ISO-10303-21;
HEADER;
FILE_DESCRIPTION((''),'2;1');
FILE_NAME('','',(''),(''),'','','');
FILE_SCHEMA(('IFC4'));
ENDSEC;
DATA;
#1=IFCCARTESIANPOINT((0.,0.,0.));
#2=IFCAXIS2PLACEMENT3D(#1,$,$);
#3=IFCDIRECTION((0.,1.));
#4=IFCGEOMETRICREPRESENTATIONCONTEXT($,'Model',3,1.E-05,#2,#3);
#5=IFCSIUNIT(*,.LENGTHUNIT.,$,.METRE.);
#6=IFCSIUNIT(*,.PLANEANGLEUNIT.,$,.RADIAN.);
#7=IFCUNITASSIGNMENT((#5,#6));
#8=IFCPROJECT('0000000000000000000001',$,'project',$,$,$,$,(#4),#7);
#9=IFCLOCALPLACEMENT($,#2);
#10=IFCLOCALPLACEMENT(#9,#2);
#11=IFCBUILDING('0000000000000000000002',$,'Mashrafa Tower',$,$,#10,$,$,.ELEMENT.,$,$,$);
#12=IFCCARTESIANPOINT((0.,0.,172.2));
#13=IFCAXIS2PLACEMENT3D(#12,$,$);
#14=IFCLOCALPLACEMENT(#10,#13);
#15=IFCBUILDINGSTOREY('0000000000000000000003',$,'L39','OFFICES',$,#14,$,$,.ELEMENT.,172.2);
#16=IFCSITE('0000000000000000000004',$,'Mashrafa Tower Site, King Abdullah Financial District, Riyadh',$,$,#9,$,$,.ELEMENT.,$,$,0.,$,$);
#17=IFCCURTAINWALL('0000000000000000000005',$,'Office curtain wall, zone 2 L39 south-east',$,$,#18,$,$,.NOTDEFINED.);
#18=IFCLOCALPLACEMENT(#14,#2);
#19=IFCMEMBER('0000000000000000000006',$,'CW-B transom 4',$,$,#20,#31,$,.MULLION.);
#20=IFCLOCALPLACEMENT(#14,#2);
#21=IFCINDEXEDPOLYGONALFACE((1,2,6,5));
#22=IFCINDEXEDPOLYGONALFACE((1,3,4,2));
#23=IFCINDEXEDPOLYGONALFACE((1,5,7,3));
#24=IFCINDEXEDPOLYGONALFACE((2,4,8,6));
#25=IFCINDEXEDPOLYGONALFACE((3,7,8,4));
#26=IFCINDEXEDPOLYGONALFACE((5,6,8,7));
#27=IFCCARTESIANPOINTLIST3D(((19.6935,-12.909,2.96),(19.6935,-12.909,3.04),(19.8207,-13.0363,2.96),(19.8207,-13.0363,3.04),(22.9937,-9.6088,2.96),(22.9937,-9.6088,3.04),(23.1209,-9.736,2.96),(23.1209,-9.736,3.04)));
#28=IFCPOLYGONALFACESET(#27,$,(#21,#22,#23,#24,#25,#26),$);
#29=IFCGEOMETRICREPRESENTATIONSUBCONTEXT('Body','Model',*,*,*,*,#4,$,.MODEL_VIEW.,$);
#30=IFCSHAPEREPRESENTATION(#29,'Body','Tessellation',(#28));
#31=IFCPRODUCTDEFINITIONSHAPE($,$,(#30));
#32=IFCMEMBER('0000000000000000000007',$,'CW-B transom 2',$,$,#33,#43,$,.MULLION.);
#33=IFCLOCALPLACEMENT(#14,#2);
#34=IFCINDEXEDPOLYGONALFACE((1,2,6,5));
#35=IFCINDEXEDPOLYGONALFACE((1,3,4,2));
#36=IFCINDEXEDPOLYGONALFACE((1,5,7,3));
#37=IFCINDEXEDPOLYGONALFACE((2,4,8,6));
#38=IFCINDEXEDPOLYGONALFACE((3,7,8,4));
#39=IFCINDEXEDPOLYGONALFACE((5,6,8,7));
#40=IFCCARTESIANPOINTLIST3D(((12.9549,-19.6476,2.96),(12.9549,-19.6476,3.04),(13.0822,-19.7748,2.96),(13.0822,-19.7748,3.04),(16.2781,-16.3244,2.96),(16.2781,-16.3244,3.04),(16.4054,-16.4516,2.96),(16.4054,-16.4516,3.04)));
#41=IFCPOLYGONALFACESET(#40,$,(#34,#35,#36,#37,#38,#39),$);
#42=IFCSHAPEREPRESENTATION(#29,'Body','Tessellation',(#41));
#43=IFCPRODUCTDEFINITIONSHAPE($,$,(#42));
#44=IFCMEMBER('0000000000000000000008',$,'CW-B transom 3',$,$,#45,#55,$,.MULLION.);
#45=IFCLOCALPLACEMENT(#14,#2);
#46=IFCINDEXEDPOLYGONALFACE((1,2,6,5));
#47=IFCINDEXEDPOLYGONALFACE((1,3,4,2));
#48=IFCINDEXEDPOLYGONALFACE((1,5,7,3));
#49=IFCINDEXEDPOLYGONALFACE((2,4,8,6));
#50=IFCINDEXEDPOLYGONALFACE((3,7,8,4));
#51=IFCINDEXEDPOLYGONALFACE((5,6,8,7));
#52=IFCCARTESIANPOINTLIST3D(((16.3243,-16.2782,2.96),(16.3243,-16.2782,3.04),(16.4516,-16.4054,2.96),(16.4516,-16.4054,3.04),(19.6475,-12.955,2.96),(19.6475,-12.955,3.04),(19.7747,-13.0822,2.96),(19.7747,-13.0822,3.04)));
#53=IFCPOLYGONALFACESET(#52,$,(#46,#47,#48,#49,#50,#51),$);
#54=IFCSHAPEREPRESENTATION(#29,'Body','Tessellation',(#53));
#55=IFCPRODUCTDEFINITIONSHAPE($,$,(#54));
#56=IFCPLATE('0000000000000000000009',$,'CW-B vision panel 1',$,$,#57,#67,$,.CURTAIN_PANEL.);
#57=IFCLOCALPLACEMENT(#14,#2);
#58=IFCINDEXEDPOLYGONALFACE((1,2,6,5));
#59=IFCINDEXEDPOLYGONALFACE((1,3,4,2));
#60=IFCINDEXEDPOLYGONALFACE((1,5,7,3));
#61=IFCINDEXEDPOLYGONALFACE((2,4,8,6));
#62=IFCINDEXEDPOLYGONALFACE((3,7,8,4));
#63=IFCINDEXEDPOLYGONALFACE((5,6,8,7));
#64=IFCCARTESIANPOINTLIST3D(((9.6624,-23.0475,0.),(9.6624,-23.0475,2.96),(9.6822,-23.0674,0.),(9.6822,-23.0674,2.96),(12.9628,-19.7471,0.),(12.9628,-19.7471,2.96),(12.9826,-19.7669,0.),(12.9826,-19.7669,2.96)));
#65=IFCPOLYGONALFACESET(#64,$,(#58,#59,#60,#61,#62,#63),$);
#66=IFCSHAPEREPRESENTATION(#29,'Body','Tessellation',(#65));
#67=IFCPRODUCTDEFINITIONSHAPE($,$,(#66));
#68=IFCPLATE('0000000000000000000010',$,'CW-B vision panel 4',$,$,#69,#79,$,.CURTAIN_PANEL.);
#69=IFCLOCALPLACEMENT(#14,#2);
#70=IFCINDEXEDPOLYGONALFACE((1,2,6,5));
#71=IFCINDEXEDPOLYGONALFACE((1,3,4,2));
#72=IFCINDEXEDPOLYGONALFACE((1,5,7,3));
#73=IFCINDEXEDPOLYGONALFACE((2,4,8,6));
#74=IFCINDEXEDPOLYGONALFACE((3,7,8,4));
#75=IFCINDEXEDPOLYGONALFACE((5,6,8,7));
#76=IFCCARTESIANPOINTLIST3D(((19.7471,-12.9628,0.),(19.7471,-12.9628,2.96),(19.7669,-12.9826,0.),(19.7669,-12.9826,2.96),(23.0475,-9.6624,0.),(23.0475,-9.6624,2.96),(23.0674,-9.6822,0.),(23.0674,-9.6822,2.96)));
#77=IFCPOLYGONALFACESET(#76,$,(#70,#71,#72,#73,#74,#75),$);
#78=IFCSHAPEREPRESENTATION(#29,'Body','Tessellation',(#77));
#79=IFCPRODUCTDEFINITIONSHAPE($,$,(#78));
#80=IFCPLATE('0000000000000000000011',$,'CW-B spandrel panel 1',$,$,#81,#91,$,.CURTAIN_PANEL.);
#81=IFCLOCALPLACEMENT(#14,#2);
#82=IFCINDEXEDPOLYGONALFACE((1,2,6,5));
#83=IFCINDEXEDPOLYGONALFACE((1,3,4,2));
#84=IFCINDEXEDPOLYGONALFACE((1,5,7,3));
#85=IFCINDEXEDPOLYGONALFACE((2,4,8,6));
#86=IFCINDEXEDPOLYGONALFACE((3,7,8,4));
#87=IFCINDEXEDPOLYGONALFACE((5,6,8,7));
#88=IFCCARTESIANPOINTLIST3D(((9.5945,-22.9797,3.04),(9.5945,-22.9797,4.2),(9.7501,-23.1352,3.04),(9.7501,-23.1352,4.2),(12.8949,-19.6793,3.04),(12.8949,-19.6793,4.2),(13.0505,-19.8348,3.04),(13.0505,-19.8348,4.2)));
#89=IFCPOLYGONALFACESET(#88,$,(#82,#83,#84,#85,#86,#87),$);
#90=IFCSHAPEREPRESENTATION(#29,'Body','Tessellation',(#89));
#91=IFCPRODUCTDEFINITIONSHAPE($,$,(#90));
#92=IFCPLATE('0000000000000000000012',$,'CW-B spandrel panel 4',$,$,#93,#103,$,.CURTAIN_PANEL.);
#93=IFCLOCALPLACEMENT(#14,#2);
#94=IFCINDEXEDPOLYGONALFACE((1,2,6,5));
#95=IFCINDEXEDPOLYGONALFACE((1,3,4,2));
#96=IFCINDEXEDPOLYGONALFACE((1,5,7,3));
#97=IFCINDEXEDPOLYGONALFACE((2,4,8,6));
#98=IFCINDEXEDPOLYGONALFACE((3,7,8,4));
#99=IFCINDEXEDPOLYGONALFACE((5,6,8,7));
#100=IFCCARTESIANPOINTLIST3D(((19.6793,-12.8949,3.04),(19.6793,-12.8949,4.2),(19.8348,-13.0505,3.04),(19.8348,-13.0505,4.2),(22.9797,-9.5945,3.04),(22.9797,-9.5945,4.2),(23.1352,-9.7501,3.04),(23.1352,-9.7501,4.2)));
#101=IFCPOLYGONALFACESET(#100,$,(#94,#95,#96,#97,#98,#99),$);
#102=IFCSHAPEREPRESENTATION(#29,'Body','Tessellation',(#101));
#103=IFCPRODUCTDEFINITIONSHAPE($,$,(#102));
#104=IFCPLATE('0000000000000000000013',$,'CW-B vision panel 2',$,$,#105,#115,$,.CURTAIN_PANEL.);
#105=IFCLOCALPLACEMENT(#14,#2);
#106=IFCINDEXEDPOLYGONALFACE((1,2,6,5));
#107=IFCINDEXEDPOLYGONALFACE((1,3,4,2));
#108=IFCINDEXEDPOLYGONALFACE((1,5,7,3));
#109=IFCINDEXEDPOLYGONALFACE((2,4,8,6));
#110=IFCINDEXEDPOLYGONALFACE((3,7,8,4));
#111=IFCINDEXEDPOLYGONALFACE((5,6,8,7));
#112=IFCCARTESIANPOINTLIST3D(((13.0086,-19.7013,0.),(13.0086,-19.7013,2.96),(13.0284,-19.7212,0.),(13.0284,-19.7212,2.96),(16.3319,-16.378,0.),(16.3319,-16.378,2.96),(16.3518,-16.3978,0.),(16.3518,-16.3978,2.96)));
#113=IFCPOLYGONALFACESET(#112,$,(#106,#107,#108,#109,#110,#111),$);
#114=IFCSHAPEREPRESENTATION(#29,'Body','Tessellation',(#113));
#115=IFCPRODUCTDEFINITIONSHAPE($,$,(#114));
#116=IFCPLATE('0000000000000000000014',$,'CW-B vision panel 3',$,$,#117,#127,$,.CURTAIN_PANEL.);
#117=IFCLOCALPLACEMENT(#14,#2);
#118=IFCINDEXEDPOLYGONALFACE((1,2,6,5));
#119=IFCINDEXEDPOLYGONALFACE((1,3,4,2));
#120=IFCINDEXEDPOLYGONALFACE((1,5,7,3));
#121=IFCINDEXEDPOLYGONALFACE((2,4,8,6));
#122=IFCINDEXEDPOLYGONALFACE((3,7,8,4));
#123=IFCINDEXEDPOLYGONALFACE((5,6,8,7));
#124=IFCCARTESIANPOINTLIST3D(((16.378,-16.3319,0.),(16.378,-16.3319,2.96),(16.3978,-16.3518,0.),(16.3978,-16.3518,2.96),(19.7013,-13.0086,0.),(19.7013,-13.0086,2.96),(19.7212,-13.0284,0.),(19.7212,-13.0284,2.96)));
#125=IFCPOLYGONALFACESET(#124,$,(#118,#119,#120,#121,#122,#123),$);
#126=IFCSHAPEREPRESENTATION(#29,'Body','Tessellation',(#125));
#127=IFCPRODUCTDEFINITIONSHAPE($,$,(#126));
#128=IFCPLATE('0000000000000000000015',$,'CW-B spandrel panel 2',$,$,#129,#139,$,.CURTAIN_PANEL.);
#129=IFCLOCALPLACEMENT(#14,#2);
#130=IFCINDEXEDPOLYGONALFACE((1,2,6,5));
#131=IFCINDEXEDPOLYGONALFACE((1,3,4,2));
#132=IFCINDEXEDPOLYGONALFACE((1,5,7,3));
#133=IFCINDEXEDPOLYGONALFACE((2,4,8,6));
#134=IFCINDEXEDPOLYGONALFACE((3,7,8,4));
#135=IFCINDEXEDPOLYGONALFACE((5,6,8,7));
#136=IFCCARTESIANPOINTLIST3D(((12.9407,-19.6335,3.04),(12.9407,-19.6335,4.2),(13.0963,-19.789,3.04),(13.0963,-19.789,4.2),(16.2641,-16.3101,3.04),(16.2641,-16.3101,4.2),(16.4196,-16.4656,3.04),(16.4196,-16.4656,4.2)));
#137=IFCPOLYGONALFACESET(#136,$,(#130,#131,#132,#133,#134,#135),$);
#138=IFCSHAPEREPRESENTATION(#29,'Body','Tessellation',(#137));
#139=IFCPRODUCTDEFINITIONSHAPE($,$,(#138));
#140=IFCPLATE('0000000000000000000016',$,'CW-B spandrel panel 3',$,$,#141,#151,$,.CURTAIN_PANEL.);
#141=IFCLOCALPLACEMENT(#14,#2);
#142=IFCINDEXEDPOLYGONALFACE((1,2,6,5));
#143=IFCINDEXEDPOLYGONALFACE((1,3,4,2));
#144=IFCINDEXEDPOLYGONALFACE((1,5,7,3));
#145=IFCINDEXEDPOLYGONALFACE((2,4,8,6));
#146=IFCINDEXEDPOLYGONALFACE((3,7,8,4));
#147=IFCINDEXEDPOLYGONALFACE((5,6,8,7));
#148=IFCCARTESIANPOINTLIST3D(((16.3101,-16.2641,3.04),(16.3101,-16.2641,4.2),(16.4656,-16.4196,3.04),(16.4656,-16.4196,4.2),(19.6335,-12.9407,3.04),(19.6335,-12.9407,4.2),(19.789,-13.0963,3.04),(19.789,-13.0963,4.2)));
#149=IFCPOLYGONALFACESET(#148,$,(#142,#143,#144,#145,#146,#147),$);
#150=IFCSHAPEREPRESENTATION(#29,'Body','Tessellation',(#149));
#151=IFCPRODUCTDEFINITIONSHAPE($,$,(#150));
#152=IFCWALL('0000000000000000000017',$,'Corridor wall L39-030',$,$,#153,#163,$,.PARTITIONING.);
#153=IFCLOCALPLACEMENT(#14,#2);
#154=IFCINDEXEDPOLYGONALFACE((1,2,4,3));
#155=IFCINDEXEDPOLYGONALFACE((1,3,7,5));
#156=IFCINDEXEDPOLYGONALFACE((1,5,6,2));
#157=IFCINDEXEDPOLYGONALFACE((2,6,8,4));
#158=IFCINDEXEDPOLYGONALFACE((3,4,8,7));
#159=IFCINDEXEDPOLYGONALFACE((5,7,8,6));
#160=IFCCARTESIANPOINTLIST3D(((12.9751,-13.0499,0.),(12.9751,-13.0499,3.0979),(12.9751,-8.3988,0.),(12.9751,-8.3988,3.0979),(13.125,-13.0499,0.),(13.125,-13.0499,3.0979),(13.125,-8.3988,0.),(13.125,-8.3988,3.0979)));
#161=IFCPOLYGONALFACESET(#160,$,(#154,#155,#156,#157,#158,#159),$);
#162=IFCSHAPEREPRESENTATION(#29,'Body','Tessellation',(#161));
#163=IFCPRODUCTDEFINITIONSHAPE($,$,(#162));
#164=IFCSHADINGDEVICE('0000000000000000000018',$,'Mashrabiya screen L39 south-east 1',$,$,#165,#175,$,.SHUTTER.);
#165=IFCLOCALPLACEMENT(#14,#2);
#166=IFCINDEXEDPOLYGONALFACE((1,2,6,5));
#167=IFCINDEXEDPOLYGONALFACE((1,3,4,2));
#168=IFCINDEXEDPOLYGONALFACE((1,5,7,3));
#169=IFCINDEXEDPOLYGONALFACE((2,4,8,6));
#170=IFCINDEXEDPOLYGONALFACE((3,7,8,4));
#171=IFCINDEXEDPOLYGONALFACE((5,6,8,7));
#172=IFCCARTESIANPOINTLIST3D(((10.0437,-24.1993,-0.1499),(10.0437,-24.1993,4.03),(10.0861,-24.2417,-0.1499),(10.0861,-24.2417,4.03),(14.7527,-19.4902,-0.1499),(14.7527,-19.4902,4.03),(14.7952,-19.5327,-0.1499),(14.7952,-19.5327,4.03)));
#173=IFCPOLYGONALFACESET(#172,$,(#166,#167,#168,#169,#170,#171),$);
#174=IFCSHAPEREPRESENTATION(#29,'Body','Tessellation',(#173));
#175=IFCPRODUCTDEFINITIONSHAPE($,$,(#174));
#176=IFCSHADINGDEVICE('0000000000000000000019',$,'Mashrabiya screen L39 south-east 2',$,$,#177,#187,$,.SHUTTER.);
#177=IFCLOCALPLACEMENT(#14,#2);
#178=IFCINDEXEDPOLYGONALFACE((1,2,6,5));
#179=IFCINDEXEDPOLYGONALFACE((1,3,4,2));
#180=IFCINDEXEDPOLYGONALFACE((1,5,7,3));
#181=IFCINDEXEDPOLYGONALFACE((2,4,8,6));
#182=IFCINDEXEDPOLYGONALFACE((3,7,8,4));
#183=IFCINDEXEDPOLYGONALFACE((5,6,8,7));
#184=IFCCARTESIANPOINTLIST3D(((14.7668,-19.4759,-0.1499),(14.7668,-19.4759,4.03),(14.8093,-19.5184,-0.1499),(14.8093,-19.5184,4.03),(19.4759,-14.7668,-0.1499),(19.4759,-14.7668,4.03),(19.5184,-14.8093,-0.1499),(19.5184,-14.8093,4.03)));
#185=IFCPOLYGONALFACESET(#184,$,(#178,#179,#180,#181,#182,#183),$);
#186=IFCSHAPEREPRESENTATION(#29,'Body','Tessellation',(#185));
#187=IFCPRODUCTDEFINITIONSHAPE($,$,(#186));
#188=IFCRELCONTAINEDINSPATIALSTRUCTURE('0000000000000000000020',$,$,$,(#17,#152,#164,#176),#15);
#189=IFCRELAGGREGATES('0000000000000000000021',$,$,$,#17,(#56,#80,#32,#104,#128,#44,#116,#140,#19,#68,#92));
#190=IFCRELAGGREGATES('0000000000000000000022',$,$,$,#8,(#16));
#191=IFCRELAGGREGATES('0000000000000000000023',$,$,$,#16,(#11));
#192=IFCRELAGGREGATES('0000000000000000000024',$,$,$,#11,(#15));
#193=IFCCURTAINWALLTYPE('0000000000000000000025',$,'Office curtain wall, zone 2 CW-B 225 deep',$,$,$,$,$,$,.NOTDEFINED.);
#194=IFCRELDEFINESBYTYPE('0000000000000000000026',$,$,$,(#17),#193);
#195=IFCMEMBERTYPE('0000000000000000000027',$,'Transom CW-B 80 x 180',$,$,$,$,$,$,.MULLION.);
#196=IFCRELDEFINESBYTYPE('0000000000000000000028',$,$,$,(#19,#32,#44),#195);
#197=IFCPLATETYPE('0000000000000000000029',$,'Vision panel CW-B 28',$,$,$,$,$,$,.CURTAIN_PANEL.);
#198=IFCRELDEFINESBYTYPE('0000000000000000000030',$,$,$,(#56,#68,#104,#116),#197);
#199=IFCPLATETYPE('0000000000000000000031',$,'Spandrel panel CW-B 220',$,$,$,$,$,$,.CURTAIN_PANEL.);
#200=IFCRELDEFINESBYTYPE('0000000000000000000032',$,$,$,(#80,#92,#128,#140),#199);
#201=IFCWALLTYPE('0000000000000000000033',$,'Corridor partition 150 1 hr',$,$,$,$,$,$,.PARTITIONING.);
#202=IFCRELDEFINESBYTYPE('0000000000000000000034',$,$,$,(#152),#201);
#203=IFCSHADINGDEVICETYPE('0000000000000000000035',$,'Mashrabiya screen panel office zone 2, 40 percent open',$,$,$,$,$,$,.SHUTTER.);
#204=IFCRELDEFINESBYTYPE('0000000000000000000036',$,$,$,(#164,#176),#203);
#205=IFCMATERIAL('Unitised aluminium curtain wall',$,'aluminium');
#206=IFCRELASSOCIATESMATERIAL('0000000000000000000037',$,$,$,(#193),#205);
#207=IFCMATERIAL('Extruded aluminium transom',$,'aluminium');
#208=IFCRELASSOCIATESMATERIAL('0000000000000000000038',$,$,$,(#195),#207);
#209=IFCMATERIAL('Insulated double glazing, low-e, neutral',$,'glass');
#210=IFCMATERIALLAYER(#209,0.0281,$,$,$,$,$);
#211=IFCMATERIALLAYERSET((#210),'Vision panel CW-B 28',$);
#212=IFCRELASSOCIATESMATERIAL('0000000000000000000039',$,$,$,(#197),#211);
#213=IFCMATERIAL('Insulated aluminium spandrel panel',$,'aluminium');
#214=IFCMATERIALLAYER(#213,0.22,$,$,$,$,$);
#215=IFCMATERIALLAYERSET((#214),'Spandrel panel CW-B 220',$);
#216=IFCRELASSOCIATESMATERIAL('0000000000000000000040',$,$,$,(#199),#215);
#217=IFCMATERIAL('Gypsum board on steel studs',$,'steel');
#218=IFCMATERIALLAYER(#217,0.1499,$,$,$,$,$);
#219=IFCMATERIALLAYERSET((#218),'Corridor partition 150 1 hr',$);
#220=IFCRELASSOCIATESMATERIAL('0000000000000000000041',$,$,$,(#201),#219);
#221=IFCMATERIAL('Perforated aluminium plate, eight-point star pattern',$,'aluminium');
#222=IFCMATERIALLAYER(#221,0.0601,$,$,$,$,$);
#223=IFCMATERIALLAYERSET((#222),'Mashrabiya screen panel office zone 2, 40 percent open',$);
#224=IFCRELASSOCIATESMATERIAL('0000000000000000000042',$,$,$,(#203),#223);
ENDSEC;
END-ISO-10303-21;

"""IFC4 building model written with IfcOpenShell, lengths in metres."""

from ifc_helpers import new_model, si_unit, direction, frame, frame_2d, origin, origin_2d, place, context, subcontext, project, spatial, rectangle, extrude, source, transform, mapped, material, layer, layer_set, material_profile, profile_set, type_object, type_shapes, element, aggregate, save


model = new_model("IFC4")

# Units and contexts
model_context = context("Model", 3, precision=1e-05, world=origin(), true_north=direction((0.0, 1.0)))
body_context = subcontext(model_context, "Body", "Model", "MODEL_VIEW")
ifc_project = project(units=[si_unit("LENGTHUNIT", "METRE"), si_unit("PLANEANGLEUNIT", "RADIAN")], contexts=[model_context])

# Site, building, storey
site_placement = place(None, origin())
site = spatial("IfcSite", under=ifc_project, at=site_placement, Name="Mashrafa Tower Site, King Abdullah Financial District, Riyadh", CompositionType="ELEMENT", RefElevation=0.0)
building_placement = place(site_placement, origin())
building = spatial("IfcBuilding", under=site, at=building_placement, Name="Mashrafa Tower", CompositionType="ELEMENT")
storey_placement = place(building_placement, frame((0.0, 0.0, 172.2)))
storey = spatial("IfcBuildingStorey", under=building, at=storey_placement, Name="L39", Description="OFFICES", CompositionType="ELEMENT", Elevation=172.2)

# Curtain wall, members, plates
ifc_material_1 = material(Name="Unitised aluminium curtain wall", Category="aluminium")
curtain_wall_type = type_object("IfcCurtainWallType", Name="Office curtain wall, zone 2 CW-B 225 deep", PredefinedType="NOTDEFINED", material=ifc_material_1)
curtain_wall_placement = place(storey_placement, origin())
curtain_wall = element("IfcCurtainWall", 1, at=curtain_wall_placement, inside=storey, type_object=curtain_wall_type, Name="Office curtain wall, zone 2 L39 south-east", PredefinedType="NOTDEFINED")
ifc_material_2 = material(Name="Extruded aluminium transom", Category="aluminium")
ifc_material_profile_1 = material_profile(ifc_material_2, rectangle(XDim=0.1799, YDim=0.0801, at=origin_2d()), Name="Transom 80x180")
ifc_profile_set_1 = profile_set([ifc_material_profile_1], Name="Extruded aluminium transom")
member_type_1 = type_object("IfcMemberType", Name="Transom CW-B 80 x 180", PredefinedType="MULLION", material=ifc_profile_set_1)
shared_shape_1 = source(origin(), body_context, "Body", "SweptSolid", [
    extrude(rectangle(XDim=0.1799, YDim=0.0801, at=origin_2d()), origin(), (0.0, 0.0, 1.0), 4.6672),
])
member_1_placement = place(storey_placement, frame((19.7571, -12.9727, 3.0), z_axis=(0.707107, 0.707107, 0.0), x_axis=(-0.707107, 0.707107, 0.0)))
member_1 = element("IfcMember", 2, at=member_1_placement, type_object=member_type_1, Name="CW-B transom 4", PredefinedType="MULLION", context=body_context, shape_type="MappedRepresentation", body=[
    mapped(shared_shape_1, transform((0.0, 0.0, 0.0))),
])
shared_shape_2 = source(origin(), body_context, "Body", "SweptSolid", [
    extrude(rectangle(XDim=0.1799, YDim=0.0801, at=origin_2d()), origin(), (0.0, 0.0, 1.0), 4.6997),
])
type_shapes(member_type_1, [shared_shape_1, shared_shape_2])
member_2_placement = place(storey_placement, frame((13.0186, -19.7112, 3.0), z_axis=(0.707107, 0.707107, 0.0), x_axis=(-0.707107, 0.707107, 0.0)))
member_2 = element("IfcMember", 3, at=member_2_placement, type_object=member_type_1, Name="CW-B transom 2", PredefinedType="MULLION", context=body_context, shape_type="MappedRepresentation", body=[
    mapped(shared_shape_2, transform((0.0, 0.0, 0.0))),
])
member_3_placement = place(storey_placement, frame((16.3879, -16.3418, 3.0), z_axis=(0.707107, 0.707107, 0.0), x_axis=(-0.707107, 0.707107, 0.0)))
member_3 = element("IfcMember", 4, at=member_3_placement, type_object=member_type_1, Name="CW-B transom 3", PredefinedType="MULLION", context=body_context, shape_type="MappedRepresentation", body=[
    mapped(shared_shape_2, transform((0.0, 0.0, 0.0))),
])
ifc_material_3 = material(Name="Insulated double glazing, low-e, neutral", Category="glass")
ifc_layer_1 = layer(ifc_material_3, 0.0281)
ifc_layer_set_1 = layer_set([ifc_layer_1], Name="Vision panel CW-B 28")
plate_type_1 = type_object("IfcPlateType", Name="Vision panel CW-B 28", PredefinedType="CURTAIN_PANEL", material=ifc_layer_set_1)
shared_shape_3 = source(origin(), body_context, "Body", "SweptSolid", [
    extrude(rectangle(XDim=4.6675, YDim=0.0281, at=origin_2d()), origin(), (0.0, 0.0, 1.0), 2.96),
])
plate_1_placement = place(storey_placement, frame((11.3225, -21.4072, 0.0), z_axis=(0.0, 0.0, 1.0), x_axis=(0.707107, 0.707107, 0.0)))
plate_1 = element("IfcPlate", 5, at=plate_1_placement, type_object=plate_type_1, Name="CW-B vision panel 1", PredefinedType="CURTAIN_PANEL", context=body_context, shape_type="MappedRepresentation", body=[
    mapped(shared_shape_3, transform((0.0, 0.0, 0.0))),
])
plate_2_placement = place(storey_placement, frame((21.4072, -11.3225, 0.0), z_axis=(0.0, 0.0, 1.0), x_axis=(0.707107, 0.707107, 0.0)))
plate_2 = element("IfcPlate", 6, at=plate_2_placement, type_object=plate_type_1, Name="CW-B vision panel 4", PredefinedType="CURTAIN_PANEL", context=body_context, shape_type="MappedRepresentation", body=[
    mapped(shared_shape_3, transform((0.0, 0.0, 0.0))),
])
ifc_material_4 = material(Name="Insulated aluminium spandrel panel", Category="aluminium")
ifc_layer_2 = layer(ifc_material_4, 0.22)
ifc_layer_set_2 = layer_set([ifc_layer_2], Name="Spandrel panel CW-B 220")
plate_type_2 = type_object("IfcPlateType", Name="Spandrel panel CW-B 220", PredefinedType="CURTAIN_PANEL", material=ifc_layer_set_2)
shared_shape_4 = source(origin(), body_context, "Body", "SweptSolid", [
    extrude(rectangle(XDim=4.6675, YDim=0.22, at=origin_2d()), origin(), (0.0, 0.0, 1.0), 1.1599),
])
plate_3_placement = place(storey_placement, frame((11.3225, -21.4072, 3.04), z_axis=(0.0, 0.0, 1.0), x_axis=(0.707107, 0.707107, 0.0)))
plate_3 = element("IfcPlate", 7, at=plate_3_placement, type_object=plate_type_2, Name="CW-B spandrel panel 1", PredefinedType="CURTAIN_PANEL", context=body_context, shape_type="MappedRepresentation", body=[
    mapped(shared_shape_4, transform((0.0, 0.0, 0.0))),
])
plate_4_placement = place(storey_placement, frame((21.4072, -11.3225, 3.04), z_axis=(0.0, 0.0, 1.0), x_axis=(0.707107, 0.707107, 0.0)))
plate_4 = element("IfcPlate", 8, at=plate_4_placement, type_object=plate_type_2, Name="CW-B spandrel panel 4", PredefinedType="CURTAIN_PANEL", context=body_context, shape_type="MappedRepresentation", body=[
    mapped(shared_shape_4, transform((0.0, 0.0, 0.0))),
])
shared_shape_5 = source(origin(), body_context, "Body", "SweptSolid", [
    extrude(rectangle(XDim=4.7, YDim=0.0281, at=origin_2d()), origin(), (0.0, 0.0, 1.0), 2.96),
])
type_shapes(plate_type_1, [shared_shape_3, shared_shape_5])
plate_5_placement = place(storey_placement, frame((14.6802, -18.0496, 0.0), z_axis=(0.0, 0.0, 1.0), x_axis=(0.707107, 0.707107, 0.0)))
plate_5 = element("IfcPlate", 9, at=plate_5_placement, type_object=plate_type_1, Name="CW-B vision panel 2", PredefinedType="CURTAIN_PANEL", context=body_context, shape_type="MappedRepresentation", body=[
    mapped(shared_shape_5, transform((0.0, 0.0, 0.0))),
])
plate_6_placement = place(storey_placement, frame((18.0496, -14.6802, 0.0), z_axis=(0.0, 0.0, 1.0), x_axis=(0.707107, 0.707107, 0.0)))
plate_6 = element("IfcPlate", 10, at=plate_6_placement, type_object=plate_type_1, Name="CW-B vision panel 3", PredefinedType="CURTAIN_PANEL", context=body_context, shape_type="MappedRepresentation", body=[
    mapped(shared_shape_5, transform((0.0, 0.0, 0.0))),
])
shared_shape_6 = source(origin(), body_context, "Body", "SweptSolid", [
    extrude(rectangle(XDim=4.7, YDim=0.22, at=origin_2d()), origin(), (0.0, 0.0, 1.0), 1.1599),
])
type_shapes(plate_type_2, [shared_shape_4, shared_shape_6])
plate_7_placement = place(storey_placement, frame((14.6802, -18.0496, 3.04), z_axis=(0.0, 0.0, 1.0), x_axis=(0.707107, 0.707107, 0.0)))
plate_7 = element("IfcPlate", 11, at=plate_7_placement, type_object=plate_type_2, Name="CW-B spandrel panel 2", PredefinedType="CURTAIN_PANEL", context=body_context, shape_type="MappedRepresentation", body=[
    mapped(shared_shape_6, transform((0.0, 0.0, 0.0))),
])
plate_8_placement = place(storey_placement, frame((18.0496, -14.6802, 3.04), z_axis=(0.0, 0.0, 1.0), x_axis=(0.707107, 0.707107, 0.0)))
plate_8 = element("IfcPlate", 12, at=plate_8_placement, type_object=plate_type_2, Name="CW-B spandrel panel 3", PredefinedType="CURTAIN_PANEL", context=body_context, shape_type="MappedRepresentation", body=[
    mapped(shared_shape_6, transform((0.0, 0.0, 0.0))),
])
aggregate(curtain_wall, [plate_1, plate_3, member_2, plate_5, plate_7, member_3, plate_6, plate_8, member_1, plate_2, plate_4])

# Wall
ifc_material_5 = material(Name="Gypsum board on steel studs", Category="steel")
ifc_layer_3 = layer(ifc_material_5, 0.1499)
ifc_layer_set_3 = layer_set([ifc_layer_3], Name="Corridor partition 150 1 hr")
wall_type = type_object("IfcWallType", Name="Corridor partition 150 1 hr", PredefinedType="PARTITIONING", material=ifc_layer_set_3)
wall_placement = place(storey_placement, frame((13.05, -13.05, 0.0), z_axis=(0.0, 0.0, 1.0), x_axis=(0.0, 1.0, 0.0)))
element("IfcWall", 13, at=wall_placement, inside=storey, type_object=wall_type, Name="Corridor wall L39-030", PredefinedType="PARTITIONING", context=body_context, shape_type="SweptSolid", body=[
    extrude(rectangle(XDim=4.6511, YDim=0.1499, at=frame_2d((2.3257, 0.0))), origin(), (0.0, 0.0, 1.0), 3.0979),
])

# Shading devices
ifc_material_6 = material(Name="Perforated aluminium plate, eight-point star pattern", Category="aluminium")
ifc_layer_4 = layer(ifc_material_6, 0.0601)
ifc_layer_set_4 = layer_set([ifc_layer_4], Name="Mashrabiya screen panel office zone 2, 40 percent open")
shading_device_type = type_object("IfcShadingDeviceType", Name="Mashrabiya screen panel office zone 2, 40 percent open", PredefinedType="SHUTTER", material=ifc_layer_set_4)
shared_shape_7 = source(origin(), body_context, "Body", "SweptSolid", [
    extrude(rectangle(XDim=6.6597, YDim=0.0601, at=origin_2d()), origin(), (0.0, 0.0, 1.0), 4.1799),
])
type_shapes(shading_device_type, [shared_shape_7])
for number, where, z_axis, x_axis, name in (
    (14, (12.4194, -21.866, -0.1499), (0.0, 0.0, 1.0), (0.707107, 0.707107, 0.0), "Mashrabiya screen L39 south-east 1"),
    (15, (17.1426, -17.1426, -0.1499), (0.0, 0.0, 1.0), (0.707107, 0.707107, 0.0), "Mashrabiya screen L39 south-east 2"),
):
    element("IfcShadingDevice", number, at=place(storey_placement, frame(where, z_axis=z_axis, x_axis=x_axis)), inside=storey, type_object=shading_device_type, Name=name, PredefinedType="SHUTTER", context=body_context, shape_type="MappedRepresentation", body=[
        mapped(shared_shape_7, transform((0.0, 0.0, 0.0))),
    ])

save(model, "model.ifc")
